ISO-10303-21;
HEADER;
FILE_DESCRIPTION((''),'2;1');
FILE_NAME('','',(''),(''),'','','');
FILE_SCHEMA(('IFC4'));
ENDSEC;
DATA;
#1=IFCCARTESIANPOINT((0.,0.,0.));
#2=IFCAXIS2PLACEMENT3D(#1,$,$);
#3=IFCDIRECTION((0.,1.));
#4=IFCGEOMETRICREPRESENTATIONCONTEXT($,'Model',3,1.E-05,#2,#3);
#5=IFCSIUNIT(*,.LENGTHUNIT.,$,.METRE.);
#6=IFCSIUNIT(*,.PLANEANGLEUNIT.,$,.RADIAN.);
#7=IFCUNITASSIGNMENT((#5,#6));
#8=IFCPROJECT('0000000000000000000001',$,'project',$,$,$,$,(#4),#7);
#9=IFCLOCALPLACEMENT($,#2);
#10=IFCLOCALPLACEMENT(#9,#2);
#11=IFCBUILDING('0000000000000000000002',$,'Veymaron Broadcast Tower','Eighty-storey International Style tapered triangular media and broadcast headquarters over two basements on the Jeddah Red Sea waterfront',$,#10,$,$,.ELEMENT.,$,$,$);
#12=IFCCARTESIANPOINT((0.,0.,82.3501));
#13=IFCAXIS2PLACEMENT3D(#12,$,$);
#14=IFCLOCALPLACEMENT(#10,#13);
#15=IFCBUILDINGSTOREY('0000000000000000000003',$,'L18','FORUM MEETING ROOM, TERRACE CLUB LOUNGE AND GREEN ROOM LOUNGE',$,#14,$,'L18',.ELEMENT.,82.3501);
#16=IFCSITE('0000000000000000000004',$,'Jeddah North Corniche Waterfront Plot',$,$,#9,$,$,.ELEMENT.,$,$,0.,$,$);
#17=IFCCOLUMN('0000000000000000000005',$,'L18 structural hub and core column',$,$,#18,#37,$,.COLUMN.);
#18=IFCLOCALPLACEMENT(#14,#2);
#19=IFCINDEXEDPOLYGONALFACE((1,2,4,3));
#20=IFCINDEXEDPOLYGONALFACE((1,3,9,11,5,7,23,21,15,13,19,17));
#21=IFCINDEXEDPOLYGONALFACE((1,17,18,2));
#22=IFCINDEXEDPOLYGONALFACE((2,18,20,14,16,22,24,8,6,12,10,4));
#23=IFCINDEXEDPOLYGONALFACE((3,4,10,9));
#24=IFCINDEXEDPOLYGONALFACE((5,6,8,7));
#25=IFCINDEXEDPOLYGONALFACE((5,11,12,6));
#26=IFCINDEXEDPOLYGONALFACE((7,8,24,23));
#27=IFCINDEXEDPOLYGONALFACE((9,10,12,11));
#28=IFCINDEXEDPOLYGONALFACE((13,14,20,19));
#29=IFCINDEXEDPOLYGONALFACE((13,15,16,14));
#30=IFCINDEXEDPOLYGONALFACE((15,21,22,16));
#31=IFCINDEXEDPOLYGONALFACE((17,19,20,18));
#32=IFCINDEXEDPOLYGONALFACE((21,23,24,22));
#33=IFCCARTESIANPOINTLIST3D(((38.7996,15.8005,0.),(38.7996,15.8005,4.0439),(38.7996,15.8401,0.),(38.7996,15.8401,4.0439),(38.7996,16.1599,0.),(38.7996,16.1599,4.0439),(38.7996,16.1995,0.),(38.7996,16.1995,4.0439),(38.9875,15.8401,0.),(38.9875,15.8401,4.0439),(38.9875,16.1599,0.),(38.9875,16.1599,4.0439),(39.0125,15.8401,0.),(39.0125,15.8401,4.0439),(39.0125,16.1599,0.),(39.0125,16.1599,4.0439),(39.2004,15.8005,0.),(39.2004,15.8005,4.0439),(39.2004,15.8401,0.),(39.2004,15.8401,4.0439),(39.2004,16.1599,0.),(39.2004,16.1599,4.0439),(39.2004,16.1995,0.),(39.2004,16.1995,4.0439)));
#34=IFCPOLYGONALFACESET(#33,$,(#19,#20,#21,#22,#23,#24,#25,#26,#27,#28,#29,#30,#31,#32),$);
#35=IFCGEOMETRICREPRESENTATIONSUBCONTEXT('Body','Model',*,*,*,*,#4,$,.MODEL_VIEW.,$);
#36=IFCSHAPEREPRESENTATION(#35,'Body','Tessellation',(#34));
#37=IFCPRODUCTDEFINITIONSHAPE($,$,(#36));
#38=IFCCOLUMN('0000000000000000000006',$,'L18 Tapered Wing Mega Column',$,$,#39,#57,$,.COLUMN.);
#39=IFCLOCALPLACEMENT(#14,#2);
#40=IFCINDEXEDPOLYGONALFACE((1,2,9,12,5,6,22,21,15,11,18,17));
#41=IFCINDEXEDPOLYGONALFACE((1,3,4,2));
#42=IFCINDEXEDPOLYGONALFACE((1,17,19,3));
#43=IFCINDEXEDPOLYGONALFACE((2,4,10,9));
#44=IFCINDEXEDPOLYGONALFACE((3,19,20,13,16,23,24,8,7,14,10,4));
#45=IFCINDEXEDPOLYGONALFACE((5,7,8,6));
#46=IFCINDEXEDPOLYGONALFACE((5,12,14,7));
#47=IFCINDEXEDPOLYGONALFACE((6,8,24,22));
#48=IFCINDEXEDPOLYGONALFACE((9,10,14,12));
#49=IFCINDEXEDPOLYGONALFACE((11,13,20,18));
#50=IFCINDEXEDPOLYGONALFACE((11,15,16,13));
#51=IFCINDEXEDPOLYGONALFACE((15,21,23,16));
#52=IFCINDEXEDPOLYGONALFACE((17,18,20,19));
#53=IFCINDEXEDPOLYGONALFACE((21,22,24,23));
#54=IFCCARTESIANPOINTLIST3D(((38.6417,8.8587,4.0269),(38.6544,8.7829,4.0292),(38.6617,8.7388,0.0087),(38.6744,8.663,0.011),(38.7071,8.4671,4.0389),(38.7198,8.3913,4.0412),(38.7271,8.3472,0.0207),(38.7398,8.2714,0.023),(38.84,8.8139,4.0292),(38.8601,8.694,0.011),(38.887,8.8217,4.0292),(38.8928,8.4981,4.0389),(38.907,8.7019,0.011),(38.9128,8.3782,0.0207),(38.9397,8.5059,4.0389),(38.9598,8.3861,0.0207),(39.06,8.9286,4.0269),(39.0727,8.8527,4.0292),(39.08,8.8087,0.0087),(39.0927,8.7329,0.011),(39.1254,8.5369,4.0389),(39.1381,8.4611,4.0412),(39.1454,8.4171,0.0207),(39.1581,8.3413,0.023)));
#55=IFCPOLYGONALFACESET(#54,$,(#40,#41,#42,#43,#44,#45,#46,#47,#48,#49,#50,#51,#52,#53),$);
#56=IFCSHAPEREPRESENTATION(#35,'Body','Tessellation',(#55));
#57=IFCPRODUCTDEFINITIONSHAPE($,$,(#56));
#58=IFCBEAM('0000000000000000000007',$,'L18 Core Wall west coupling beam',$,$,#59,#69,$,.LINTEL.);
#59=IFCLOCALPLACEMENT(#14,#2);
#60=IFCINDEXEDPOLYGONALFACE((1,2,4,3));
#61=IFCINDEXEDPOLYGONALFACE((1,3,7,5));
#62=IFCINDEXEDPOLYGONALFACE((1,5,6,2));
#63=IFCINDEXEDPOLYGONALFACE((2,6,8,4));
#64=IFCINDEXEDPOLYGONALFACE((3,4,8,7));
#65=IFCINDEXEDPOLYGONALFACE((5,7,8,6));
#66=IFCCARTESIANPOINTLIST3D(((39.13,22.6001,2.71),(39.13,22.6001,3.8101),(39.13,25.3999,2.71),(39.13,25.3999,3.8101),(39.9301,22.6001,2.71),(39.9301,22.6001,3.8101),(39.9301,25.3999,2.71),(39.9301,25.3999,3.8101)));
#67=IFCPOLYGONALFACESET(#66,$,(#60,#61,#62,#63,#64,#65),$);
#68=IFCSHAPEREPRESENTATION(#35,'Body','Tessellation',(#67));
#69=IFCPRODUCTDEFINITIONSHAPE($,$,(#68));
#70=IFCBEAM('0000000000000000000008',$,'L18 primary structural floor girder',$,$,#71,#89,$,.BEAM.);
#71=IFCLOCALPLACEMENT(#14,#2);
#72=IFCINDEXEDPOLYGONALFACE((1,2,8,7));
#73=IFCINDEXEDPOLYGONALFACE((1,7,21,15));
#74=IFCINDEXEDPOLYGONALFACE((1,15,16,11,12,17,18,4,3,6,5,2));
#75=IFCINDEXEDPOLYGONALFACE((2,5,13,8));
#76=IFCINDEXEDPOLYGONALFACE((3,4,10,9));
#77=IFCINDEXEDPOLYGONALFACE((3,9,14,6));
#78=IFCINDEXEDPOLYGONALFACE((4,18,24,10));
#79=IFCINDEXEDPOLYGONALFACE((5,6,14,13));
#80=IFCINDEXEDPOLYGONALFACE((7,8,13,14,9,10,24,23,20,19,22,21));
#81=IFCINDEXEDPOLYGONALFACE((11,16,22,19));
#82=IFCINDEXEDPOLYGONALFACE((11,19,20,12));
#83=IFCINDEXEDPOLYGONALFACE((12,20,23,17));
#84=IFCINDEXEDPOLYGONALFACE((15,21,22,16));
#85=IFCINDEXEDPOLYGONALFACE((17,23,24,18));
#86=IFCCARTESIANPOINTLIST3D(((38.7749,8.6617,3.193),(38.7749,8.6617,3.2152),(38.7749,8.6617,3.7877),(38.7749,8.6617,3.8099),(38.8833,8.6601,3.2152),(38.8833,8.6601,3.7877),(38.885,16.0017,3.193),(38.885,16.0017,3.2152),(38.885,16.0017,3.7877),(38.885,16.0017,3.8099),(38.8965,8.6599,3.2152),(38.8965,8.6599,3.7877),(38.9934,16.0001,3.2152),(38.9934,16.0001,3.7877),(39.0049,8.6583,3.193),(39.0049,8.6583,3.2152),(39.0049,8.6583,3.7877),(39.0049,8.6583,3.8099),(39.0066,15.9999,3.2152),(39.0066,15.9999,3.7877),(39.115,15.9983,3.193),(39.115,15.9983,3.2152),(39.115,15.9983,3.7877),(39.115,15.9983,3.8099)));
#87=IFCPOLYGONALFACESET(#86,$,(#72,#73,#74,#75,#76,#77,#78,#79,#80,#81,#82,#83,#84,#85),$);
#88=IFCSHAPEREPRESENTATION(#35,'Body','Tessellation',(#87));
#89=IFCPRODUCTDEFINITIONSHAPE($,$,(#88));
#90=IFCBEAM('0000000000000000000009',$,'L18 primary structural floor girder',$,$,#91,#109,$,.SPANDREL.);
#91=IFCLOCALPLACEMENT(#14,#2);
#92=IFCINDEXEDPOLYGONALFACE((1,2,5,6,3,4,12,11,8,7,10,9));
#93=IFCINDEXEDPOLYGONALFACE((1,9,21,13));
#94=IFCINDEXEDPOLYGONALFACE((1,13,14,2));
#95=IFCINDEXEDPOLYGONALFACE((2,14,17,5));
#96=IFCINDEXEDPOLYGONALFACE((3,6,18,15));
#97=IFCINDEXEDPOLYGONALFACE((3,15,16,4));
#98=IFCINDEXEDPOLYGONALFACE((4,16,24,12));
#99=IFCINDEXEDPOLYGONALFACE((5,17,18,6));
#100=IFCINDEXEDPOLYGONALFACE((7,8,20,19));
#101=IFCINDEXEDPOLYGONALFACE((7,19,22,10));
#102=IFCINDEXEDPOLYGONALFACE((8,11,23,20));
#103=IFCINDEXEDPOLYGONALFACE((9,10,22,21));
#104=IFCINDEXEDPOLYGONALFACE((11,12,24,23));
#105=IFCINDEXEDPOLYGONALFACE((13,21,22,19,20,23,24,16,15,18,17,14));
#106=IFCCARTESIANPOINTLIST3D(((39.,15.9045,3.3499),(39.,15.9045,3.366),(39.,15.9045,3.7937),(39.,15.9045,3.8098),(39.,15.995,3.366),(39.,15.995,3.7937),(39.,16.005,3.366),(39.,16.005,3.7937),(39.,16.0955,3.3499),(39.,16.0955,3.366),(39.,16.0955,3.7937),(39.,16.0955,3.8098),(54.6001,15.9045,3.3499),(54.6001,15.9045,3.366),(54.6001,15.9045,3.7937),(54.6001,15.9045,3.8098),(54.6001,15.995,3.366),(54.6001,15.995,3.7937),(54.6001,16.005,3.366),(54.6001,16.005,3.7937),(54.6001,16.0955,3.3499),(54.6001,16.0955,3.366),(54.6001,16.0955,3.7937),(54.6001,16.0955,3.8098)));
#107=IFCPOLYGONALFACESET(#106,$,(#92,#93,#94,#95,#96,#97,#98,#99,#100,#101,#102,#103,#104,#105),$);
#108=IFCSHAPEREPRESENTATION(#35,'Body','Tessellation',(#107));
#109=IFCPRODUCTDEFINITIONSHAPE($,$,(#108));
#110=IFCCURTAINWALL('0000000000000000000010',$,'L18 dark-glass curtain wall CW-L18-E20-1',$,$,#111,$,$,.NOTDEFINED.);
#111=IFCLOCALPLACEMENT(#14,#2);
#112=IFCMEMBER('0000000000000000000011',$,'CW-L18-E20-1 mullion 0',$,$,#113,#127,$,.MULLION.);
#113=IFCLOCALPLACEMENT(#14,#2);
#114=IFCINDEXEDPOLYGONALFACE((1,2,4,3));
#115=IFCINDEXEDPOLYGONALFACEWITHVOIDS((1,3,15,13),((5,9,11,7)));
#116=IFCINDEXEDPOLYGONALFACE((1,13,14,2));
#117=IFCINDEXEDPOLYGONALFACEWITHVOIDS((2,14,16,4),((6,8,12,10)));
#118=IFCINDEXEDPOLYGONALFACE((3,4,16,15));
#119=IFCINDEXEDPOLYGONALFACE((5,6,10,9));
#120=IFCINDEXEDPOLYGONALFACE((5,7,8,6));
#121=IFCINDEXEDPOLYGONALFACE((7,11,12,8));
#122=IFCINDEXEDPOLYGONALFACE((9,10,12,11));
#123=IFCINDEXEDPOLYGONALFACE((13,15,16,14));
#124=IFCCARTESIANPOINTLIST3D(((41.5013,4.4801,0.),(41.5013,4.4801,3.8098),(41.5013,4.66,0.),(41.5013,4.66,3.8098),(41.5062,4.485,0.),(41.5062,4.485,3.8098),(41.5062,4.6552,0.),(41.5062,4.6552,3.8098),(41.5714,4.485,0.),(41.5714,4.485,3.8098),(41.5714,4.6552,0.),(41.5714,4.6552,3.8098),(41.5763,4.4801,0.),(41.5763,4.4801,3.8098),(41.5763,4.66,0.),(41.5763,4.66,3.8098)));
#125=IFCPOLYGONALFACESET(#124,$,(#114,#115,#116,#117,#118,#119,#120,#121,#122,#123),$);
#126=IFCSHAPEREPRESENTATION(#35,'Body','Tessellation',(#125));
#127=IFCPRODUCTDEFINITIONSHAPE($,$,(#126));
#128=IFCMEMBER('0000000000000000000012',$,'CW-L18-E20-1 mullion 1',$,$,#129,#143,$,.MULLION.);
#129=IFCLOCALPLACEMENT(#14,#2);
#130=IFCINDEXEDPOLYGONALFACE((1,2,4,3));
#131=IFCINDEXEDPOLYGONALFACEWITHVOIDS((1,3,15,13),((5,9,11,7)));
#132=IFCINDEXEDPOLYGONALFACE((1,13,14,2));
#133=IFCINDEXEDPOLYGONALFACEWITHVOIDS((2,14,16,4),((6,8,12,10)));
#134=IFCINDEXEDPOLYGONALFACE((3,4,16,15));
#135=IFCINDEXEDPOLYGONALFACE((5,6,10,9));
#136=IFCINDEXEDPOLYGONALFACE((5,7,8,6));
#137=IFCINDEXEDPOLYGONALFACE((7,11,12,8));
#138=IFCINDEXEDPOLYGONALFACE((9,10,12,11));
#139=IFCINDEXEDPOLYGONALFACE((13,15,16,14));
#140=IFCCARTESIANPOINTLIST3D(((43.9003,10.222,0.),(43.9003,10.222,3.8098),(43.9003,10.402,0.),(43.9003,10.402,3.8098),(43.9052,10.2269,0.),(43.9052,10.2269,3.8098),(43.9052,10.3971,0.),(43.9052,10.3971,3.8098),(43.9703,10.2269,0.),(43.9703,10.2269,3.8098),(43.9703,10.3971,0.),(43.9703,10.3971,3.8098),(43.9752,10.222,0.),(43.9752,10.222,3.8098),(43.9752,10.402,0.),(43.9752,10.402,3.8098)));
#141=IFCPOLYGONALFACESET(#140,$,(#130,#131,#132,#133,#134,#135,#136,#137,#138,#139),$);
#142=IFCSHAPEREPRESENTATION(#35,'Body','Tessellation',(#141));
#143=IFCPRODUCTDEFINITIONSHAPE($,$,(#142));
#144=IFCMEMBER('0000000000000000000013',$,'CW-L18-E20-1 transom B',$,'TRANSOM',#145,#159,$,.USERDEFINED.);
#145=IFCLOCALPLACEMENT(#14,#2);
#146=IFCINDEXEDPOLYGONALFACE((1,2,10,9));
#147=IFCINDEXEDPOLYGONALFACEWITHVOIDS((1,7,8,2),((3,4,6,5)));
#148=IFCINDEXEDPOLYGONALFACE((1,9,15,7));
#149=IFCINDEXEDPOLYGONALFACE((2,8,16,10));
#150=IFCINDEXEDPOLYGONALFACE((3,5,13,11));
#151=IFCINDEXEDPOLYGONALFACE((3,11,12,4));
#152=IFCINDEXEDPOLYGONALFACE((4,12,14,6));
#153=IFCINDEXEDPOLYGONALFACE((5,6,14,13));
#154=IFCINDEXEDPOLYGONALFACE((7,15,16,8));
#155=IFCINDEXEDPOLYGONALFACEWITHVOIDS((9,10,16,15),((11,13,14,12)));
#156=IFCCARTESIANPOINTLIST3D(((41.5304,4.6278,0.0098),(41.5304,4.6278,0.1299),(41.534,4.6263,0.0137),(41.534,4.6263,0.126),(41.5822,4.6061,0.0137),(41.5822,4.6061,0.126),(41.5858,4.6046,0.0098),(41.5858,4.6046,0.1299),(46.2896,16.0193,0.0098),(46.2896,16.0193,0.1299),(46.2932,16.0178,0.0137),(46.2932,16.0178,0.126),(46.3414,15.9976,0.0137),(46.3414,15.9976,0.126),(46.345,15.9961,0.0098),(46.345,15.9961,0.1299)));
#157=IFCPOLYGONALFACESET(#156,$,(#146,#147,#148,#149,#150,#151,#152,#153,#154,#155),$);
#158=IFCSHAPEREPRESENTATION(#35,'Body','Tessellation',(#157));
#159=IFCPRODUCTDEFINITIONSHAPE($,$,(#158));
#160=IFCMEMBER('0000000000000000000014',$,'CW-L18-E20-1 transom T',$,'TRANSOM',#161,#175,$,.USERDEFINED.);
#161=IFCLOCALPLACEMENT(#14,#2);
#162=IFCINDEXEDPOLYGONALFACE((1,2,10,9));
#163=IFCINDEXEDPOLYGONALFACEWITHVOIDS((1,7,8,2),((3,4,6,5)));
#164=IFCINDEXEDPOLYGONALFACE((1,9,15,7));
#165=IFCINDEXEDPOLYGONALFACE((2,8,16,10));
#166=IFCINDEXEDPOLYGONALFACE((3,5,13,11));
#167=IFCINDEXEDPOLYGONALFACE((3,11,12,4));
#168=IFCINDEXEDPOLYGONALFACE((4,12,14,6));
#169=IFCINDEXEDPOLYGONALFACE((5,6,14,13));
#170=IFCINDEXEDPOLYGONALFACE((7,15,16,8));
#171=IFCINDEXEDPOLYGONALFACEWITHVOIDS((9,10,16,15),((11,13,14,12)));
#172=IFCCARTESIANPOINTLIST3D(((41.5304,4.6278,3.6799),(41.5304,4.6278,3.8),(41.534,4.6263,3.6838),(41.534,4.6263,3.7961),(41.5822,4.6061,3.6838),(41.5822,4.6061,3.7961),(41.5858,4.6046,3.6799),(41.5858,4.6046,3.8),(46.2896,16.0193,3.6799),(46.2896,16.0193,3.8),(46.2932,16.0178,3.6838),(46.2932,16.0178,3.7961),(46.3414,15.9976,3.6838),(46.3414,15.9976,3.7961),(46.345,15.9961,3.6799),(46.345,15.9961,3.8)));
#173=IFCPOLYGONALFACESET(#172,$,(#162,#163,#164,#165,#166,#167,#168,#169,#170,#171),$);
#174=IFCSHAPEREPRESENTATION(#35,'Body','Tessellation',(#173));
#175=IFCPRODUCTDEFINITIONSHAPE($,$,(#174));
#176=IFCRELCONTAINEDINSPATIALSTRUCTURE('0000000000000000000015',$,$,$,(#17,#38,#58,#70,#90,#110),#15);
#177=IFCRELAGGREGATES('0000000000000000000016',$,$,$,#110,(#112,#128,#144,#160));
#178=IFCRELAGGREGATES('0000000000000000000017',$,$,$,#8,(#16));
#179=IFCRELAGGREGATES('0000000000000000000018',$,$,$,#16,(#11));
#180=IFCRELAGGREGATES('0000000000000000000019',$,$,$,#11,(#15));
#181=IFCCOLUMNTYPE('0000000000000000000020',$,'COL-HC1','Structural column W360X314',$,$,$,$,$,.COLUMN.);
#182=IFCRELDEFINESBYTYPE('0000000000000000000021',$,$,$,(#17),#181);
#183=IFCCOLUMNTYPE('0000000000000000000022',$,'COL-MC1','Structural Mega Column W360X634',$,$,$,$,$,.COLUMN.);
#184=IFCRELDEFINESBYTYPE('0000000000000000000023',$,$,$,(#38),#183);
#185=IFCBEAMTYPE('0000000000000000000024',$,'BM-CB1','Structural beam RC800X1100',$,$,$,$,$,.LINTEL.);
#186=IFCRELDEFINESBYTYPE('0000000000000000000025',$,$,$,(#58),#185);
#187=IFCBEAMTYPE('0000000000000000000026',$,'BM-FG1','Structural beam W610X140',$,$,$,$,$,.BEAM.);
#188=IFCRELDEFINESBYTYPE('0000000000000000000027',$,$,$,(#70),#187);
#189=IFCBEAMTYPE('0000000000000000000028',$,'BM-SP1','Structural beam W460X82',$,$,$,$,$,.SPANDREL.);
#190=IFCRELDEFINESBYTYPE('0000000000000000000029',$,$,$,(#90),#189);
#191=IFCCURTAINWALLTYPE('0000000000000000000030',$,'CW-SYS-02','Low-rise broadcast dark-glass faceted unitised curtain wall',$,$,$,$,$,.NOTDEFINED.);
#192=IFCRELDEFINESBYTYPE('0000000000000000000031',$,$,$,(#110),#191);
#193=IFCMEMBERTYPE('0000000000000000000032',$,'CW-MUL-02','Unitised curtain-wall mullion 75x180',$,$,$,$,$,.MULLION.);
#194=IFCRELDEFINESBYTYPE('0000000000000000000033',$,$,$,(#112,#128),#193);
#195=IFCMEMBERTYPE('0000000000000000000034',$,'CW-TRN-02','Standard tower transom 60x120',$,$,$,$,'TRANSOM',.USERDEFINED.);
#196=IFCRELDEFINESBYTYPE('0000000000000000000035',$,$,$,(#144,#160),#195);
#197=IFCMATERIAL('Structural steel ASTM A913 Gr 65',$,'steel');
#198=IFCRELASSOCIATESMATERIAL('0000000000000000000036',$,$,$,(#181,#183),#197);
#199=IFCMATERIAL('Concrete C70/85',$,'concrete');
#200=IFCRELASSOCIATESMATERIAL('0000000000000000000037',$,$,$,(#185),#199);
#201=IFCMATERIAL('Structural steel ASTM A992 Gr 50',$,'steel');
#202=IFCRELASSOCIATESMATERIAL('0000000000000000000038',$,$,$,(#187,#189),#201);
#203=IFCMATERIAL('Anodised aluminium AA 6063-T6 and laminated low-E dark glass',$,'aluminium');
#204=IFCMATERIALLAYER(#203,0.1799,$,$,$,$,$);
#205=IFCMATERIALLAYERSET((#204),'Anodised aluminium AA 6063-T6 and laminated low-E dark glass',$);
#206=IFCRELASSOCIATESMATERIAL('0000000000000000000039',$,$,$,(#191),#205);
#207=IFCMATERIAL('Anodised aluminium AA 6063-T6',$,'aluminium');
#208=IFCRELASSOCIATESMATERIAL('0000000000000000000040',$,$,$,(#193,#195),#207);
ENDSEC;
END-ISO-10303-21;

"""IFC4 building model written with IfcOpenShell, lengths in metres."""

from ifc_helpers import new_model, si_unit, direction, frame, origin, origin_2d, place, context, subcontext, project, spatial, rectangle, hollow_rectangle, i_section, extrude, material, layer, layer_set, material_profile, profile_set, type_object, element, aggregate, save


model = new_model("IFC4")

# Units and contexts
model_context = context("Model", 3, precision=1e-05, world=origin(), true_north=direction((0.0, 1.0)))
body_context = subcontext(model_context, "Body", "Model", "MODEL_VIEW")
ifc_project = project(units=[si_unit("LENGTHUNIT", "METRE"), si_unit("PLANEANGLEUNIT", "RADIAN")], contexts=[model_context])

# Site, building, storey
site_placement = place(None, origin())
site = spatial("IfcSite", under=ifc_project, at=site_placement, Name="Jeddah North Corniche Waterfront Plot", CompositionType="ELEMENT", RefElevation=0.0)
building_placement = place(site_placement, origin())
building = spatial("IfcBuilding", under=site, at=building_placement, Name="Veymaron Broadcast Tower", Description="Eighty-storey International Style tapered triangular media and broadcast headquarters over two basements on the Jeddah Red Sea waterfront", CompositionType="ELEMENT")
storey_placement = place(building_placement, frame((0.0, 0.0, 82.3501)))
storey = spatial("IfcBuildingStorey", under=building, at=storey_placement, Name="L18", Description="FORUM MEETING ROOM, TERRACE CLUB LOUNGE AND GREEN ROOM LOUNGE", LongName="L18", CompositionType="ELEMENT", Elevation=82.3501)

# Columns
ifc_material_1 = material(Name="Structural steel ASTM A913 Gr 65", Category="steel")
ifc_material_profile_1 = material_profile(ifc_material_1, i_section(OverallWidth=0.4009, OverallDepth=0.3989, WebThickness=0.0249, FlangeThickness=0.0396, at=origin_2d()), Name="W360X314")
ifc_profile_set_1 = profile_set([ifc_material_profile_1], Name="Structural steel ASTM A913 Gr 65")
column_type_1 = type_object("IfcColumnType", Name="COL-HC1", Description="Structural column W360X314", PredefinedType="COLUMN", material=ifc_profile_set_1)
column_1_placement = place(storey_placement, frame((39.0, 16.0, 0.0), z_axis=(0.0, 0.0, 1.0), x_axis=(1.0, 0.0, 0.0)))
element("IfcColumn", 1, at=column_1_placement, inside=storey, type_object=column_type_1, Name="L18 structural hub and core column", PredefinedType="COLUMN", context=body_context, shape_type="SweptSolid", body=[
    extrude(i_section(OverallWidth=0.4009, OverallDepth=0.3989, WebThickness=0.0249, FlangeThickness=0.0396, at=origin_2d()), origin(), (0.0, 0.0, 1.0), 4.0439),
])
ifc_material_profile_2 = material_profile(ifc_material_1, i_section(OverallWidth=0.4241, OverallDepth=0.4741, WebThickness=0.0476, FlangeThickness=0.0769, at=origin_2d()), Name="W360X634")
ifc_profile_set_2 = profile_set([ifc_material_profile_2], Name="Structural steel ASTM A913 Gr 65")
column_type_2 = type_object("IfcColumnType", Name="COL-MC1", Description="Structural Mega Column W360X634", PredefinedType="COLUMN", material=ifc_profile_set_2)
column_2_placement = place(storey_placement, frame((38.9099, 8.54, 0.0159), z_axis=(-0.00498, 0.02982, 0.999543), x_axis=(-0.98634, -0.164725, 0.0)))
element("IfcColumn", 2, at=column_2_placement, inside=storey, type_object=column_type_2, Name="L18 Tapered Wing Mega Column", PredefinedType="COLUMN", context=body_context, shape_type="SweptSolid", body=[
    extrude(i_section(OverallWidth=0.4241, OverallDepth=0.4741, WebThickness=0.0476, FlangeThickness=0.0769, at=origin_2d()), origin(), (0.0, 0.0, 1.0), 4.02),
])

# Beams
ifc_material_2 = material(Name="Concrete C70/85", Category="concrete")
ifc_material_profile_3 = material_profile(ifc_material_2, rectangle(XDim=0.8, YDim=1.1001, at=origin_2d()), Name="RC800X1100")
ifc_profile_set_3 = profile_set([ifc_material_profile_3], Name="Concrete C70/85")
beam_type_1 = type_object("IfcBeamType", Name="BM-CB1", Description="Structural beam RC800X1100", PredefinedType="LINTEL", material=ifc_profile_set_3)
beam_1_placement = place(storey_placement, frame((39.53, 22.6001, 3.26), z_axis=(0.0, 1.0, 0.0), x_axis=(-1.0, 0.0, 0.0)))
element("IfcBeam", 3, at=beam_1_placement, inside=storey, type_object=beam_type_1, Name="L18 Core Wall west coupling beam", PredefinedType="LINTEL", context=body_context, shape_type="SweptSolid", body=[
    extrude(rectangle(XDim=0.8, YDim=1.1001, at=origin_2d()), origin(), (0.0, 0.0, 1.0), 2.7998),
])
ifc_material_3 = material(Name="Structural steel ASTM A992 Gr 50", Category="steel")
ifc_material_profile_4 = material_profile(ifc_material_3, i_section(OverallWidth=0.23, OverallDepth=0.6169, WebThickness=0.0132, FlangeThickness=0.0222, at=origin_2d()), Name="W610X140")
ifc_profile_set_4 = profile_set([ifc_material_profile_4], Name="Structural steel ASTM A992 Gr 50")
beam_type_2 = type_object("IfcBeamType", Name="BM-FG1", Description="Structural beam W610X140", PredefinedType="BEAM", material=ifc_profile_set_4)
beam_2_placement = place(storey_placement, frame((39.0, 16.0, 3.5015), z_axis=(-0.014999, -0.999888, 0.0), x_axis=(0.999888, -0.014999, 0.0)))
element("IfcBeam", 4, at=beam_2_placement, inside=storey, type_object=beam_type_2, Name="L18 primary structural floor girder", PredefinedType="BEAM", context=body_context, shape_type="SweptSolid", body=[
    extrude(i_section(OverallWidth=0.23, OverallDepth=0.6169, WebThickness=0.0132, FlangeThickness=0.0222, at=origin_2d()), origin(), (0.0, 0.0, 1.0), 7.3408),
])
ifc_material_profile_5 = material_profile(ifc_material_3, i_section(OverallWidth=0.1909, OverallDepth=0.46, WebThickness=0.01, FlangeThickness=0.0161, at=origin_2d()), Name="W460X82")
ifc_profile_set_5 = profile_set([ifc_material_profile_5], Name="Structural steel ASTM A992 Gr 50")
beam_type_3 = type_object("IfcBeamType", Name="BM-SP1", Description="Structural beam W460X82", PredefinedType="SPANDREL", material=ifc_profile_set_5)
beam_3_placement = place(storey_placement, frame((39.0, 16.0, 3.5798), z_axis=(1.0, 0.0, 0.0), x_axis=(0.0, 1.0, 0.0)))
element("IfcBeam", 5, at=beam_3_placement, inside=storey, type_object=beam_type_3, Name="L18 primary structural floor girder", PredefinedType="SPANDREL", context=body_context, shape_type="SweptSolid", body=[
    extrude(i_section(OverallWidth=0.1909, OverallDepth=0.46, WebThickness=0.01, FlangeThickness=0.0161, at=origin_2d()), origin(), (0.0, 0.0, 1.0), 15.6001),
])

# Curtain wall, members
ifc_material_4 = material(Name="Anodised aluminium AA 6063-T6 and laminated low-E dark glass", Category="aluminium")
ifc_layer_1 = layer(ifc_material_4, 0.1799)
ifc_layer_set_1 = layer_set([ifc_layer_1], Name="Anodised aluminium AA 6063-T6 and laminated low-E dark glass")
curtain_wall_type = type_object("IfcCurtainWallType", Name="CW-SYS-02", Description="Low-rise broadcast dark-glass faceted unitised curtain wall", PredefinedType="NOTDEFINED", material=ifc_layer_set_1)
curtain_wall_placement = place(storey_placement, origin())
curtain_wall = element("IfcCurtainWall", 6, at=curtain_wall_placement, inside=storey, type_object=curtain_wall_type, Name="L18 dark-glass curtain wall CW-L18-E20-1", PredefinedType="NOTDEFINED")
ifc_material_5 = material(Name="Anodised aluminium AA 6063-T6", Category="aluminium")
ifc_material_profile_6 = material_profile(ifc_material_5, hollow_rectangle(XDim=0.075, YDim=0.1799, WallThickness=0.0049, at=origin_2d()), Name="AL180X75X5")
ifc_profile_set_6 = profile_set([ifc_material_profile_6], Name="Anodised aluminium AA 6063-T6")
member_type_1 = type_object("IfcMemberType", Name="CW-MUL-02", Description="Unitised curtain-wall mullion 75x180", PredefinedType="MULLION", material=ifc_profile_set_6)
member_1_placement = place(storey_placement, frame((41.5388, 4.5701, 0.0), z_axis=(0.0, 0.0, 1.0), x_axis=(1.0, 0.0, 0.0)))
member_1 = element("IfcMember", 7, at=member_1_placement, type_object=member_type_1, Name="CW-L18-E20-1 mullion 0", PredefinedType="MULLION", context=body_context, shape_type="SweptSolid", body=[
    extrude(hollow_rectangle(XDim=0.075, YDim=0.1799, WallThickness=0.0049, at=origin_2d()), origin(), (0.0, 0.0, 1.0), 3.8098),
])
member_2_placement = place(storey_placement, frame((43.9377, 10.312, 0.0), z_axis=(0.0, 0.0, 1.0), x_axis=(1.0, 0.0, 0.0)))
member_2 = element("IfcMember", 8, at=member_2_placement, type_object=member_type_1, Name="CW-L18-E20-1 mullion 1", PredefinedType="MULLION", context=body_context, shape_type="SweptSolid", body=[
    extrude(hollow_rectangle(XDim=0.075, YDim=0.1799, WallThickness=0.0049, at=origin_2d()), origin(), (0.0, 0.0, 1.0), 3.8098),
])
ifc_material_profile_7 = material_profile(ifc_material_5, hollow_rectangle(XDim=0.0601, YDim=0.1201, WallThickness=0.0039, at=origin_2d()), Name="AL120X60X4")
ifc_profile_set_7 = profile_set([ifc_material_profile_7], Name="Anodised aluminium AA 6063-T6")
member_type_2 = type_object("IfcMemberType", Name="CW-TRN-02", Description="Standard tower transom 60x120", ElementType="TRANSOM", PredefinedType="USERDEFINED", material=ifc_profile_set_7)
member_3_placement = place(storey_placement, frame((41.5581, 4.6162, 0.0698), z_axis=(0.385497, 0.922709, 0.0), x_axis=(-0.922709, 0.385497, 0.0)))
member_3 = element("IfcMember", 9, at=member_3_placement, type_object=member_type_2, Name="CW-L18-E20-1 transom B", ObjectType="TRANSOM", PredefinedType="USERDEFINED", context=body_context, shape_type="SweptSolid", body=[
    extrude(hollow_rectangle(XDim=0.0601, YDim=0.1201, WallThickness=0.0039, at=origin_2d()), origin(), (0.0, 0.0, 1.0), 12.3457),
])
member_4_placement = place(storey_placement, frame((41.5581, 4.6162, 3.74), z_axis=(0.385497, 0.922709, 0.0), x_axis=(-0.922709, 0.385497, 0.0)))
member_4 = element("IfcMember", 10, at=member_4_placement, type_object=member_type_2, Name="CW-L18-E20-1 transom T", ObjectType="TRANSOM", PredefinedType="USERDEFINED", context=body_context, shape_type="SweptSolid", body=[
    extrude(hollow_rectangle(XDim=0.0601, YDim=0.1201, WallThickness=0.0039, at=origin_2d()), origin(), (0.0, 0.0, 1.0), 12.3457),
])
aggregate(curtain_wall, [member_1, member_2, member_3, member_4])

save(model, "model.ifc")
